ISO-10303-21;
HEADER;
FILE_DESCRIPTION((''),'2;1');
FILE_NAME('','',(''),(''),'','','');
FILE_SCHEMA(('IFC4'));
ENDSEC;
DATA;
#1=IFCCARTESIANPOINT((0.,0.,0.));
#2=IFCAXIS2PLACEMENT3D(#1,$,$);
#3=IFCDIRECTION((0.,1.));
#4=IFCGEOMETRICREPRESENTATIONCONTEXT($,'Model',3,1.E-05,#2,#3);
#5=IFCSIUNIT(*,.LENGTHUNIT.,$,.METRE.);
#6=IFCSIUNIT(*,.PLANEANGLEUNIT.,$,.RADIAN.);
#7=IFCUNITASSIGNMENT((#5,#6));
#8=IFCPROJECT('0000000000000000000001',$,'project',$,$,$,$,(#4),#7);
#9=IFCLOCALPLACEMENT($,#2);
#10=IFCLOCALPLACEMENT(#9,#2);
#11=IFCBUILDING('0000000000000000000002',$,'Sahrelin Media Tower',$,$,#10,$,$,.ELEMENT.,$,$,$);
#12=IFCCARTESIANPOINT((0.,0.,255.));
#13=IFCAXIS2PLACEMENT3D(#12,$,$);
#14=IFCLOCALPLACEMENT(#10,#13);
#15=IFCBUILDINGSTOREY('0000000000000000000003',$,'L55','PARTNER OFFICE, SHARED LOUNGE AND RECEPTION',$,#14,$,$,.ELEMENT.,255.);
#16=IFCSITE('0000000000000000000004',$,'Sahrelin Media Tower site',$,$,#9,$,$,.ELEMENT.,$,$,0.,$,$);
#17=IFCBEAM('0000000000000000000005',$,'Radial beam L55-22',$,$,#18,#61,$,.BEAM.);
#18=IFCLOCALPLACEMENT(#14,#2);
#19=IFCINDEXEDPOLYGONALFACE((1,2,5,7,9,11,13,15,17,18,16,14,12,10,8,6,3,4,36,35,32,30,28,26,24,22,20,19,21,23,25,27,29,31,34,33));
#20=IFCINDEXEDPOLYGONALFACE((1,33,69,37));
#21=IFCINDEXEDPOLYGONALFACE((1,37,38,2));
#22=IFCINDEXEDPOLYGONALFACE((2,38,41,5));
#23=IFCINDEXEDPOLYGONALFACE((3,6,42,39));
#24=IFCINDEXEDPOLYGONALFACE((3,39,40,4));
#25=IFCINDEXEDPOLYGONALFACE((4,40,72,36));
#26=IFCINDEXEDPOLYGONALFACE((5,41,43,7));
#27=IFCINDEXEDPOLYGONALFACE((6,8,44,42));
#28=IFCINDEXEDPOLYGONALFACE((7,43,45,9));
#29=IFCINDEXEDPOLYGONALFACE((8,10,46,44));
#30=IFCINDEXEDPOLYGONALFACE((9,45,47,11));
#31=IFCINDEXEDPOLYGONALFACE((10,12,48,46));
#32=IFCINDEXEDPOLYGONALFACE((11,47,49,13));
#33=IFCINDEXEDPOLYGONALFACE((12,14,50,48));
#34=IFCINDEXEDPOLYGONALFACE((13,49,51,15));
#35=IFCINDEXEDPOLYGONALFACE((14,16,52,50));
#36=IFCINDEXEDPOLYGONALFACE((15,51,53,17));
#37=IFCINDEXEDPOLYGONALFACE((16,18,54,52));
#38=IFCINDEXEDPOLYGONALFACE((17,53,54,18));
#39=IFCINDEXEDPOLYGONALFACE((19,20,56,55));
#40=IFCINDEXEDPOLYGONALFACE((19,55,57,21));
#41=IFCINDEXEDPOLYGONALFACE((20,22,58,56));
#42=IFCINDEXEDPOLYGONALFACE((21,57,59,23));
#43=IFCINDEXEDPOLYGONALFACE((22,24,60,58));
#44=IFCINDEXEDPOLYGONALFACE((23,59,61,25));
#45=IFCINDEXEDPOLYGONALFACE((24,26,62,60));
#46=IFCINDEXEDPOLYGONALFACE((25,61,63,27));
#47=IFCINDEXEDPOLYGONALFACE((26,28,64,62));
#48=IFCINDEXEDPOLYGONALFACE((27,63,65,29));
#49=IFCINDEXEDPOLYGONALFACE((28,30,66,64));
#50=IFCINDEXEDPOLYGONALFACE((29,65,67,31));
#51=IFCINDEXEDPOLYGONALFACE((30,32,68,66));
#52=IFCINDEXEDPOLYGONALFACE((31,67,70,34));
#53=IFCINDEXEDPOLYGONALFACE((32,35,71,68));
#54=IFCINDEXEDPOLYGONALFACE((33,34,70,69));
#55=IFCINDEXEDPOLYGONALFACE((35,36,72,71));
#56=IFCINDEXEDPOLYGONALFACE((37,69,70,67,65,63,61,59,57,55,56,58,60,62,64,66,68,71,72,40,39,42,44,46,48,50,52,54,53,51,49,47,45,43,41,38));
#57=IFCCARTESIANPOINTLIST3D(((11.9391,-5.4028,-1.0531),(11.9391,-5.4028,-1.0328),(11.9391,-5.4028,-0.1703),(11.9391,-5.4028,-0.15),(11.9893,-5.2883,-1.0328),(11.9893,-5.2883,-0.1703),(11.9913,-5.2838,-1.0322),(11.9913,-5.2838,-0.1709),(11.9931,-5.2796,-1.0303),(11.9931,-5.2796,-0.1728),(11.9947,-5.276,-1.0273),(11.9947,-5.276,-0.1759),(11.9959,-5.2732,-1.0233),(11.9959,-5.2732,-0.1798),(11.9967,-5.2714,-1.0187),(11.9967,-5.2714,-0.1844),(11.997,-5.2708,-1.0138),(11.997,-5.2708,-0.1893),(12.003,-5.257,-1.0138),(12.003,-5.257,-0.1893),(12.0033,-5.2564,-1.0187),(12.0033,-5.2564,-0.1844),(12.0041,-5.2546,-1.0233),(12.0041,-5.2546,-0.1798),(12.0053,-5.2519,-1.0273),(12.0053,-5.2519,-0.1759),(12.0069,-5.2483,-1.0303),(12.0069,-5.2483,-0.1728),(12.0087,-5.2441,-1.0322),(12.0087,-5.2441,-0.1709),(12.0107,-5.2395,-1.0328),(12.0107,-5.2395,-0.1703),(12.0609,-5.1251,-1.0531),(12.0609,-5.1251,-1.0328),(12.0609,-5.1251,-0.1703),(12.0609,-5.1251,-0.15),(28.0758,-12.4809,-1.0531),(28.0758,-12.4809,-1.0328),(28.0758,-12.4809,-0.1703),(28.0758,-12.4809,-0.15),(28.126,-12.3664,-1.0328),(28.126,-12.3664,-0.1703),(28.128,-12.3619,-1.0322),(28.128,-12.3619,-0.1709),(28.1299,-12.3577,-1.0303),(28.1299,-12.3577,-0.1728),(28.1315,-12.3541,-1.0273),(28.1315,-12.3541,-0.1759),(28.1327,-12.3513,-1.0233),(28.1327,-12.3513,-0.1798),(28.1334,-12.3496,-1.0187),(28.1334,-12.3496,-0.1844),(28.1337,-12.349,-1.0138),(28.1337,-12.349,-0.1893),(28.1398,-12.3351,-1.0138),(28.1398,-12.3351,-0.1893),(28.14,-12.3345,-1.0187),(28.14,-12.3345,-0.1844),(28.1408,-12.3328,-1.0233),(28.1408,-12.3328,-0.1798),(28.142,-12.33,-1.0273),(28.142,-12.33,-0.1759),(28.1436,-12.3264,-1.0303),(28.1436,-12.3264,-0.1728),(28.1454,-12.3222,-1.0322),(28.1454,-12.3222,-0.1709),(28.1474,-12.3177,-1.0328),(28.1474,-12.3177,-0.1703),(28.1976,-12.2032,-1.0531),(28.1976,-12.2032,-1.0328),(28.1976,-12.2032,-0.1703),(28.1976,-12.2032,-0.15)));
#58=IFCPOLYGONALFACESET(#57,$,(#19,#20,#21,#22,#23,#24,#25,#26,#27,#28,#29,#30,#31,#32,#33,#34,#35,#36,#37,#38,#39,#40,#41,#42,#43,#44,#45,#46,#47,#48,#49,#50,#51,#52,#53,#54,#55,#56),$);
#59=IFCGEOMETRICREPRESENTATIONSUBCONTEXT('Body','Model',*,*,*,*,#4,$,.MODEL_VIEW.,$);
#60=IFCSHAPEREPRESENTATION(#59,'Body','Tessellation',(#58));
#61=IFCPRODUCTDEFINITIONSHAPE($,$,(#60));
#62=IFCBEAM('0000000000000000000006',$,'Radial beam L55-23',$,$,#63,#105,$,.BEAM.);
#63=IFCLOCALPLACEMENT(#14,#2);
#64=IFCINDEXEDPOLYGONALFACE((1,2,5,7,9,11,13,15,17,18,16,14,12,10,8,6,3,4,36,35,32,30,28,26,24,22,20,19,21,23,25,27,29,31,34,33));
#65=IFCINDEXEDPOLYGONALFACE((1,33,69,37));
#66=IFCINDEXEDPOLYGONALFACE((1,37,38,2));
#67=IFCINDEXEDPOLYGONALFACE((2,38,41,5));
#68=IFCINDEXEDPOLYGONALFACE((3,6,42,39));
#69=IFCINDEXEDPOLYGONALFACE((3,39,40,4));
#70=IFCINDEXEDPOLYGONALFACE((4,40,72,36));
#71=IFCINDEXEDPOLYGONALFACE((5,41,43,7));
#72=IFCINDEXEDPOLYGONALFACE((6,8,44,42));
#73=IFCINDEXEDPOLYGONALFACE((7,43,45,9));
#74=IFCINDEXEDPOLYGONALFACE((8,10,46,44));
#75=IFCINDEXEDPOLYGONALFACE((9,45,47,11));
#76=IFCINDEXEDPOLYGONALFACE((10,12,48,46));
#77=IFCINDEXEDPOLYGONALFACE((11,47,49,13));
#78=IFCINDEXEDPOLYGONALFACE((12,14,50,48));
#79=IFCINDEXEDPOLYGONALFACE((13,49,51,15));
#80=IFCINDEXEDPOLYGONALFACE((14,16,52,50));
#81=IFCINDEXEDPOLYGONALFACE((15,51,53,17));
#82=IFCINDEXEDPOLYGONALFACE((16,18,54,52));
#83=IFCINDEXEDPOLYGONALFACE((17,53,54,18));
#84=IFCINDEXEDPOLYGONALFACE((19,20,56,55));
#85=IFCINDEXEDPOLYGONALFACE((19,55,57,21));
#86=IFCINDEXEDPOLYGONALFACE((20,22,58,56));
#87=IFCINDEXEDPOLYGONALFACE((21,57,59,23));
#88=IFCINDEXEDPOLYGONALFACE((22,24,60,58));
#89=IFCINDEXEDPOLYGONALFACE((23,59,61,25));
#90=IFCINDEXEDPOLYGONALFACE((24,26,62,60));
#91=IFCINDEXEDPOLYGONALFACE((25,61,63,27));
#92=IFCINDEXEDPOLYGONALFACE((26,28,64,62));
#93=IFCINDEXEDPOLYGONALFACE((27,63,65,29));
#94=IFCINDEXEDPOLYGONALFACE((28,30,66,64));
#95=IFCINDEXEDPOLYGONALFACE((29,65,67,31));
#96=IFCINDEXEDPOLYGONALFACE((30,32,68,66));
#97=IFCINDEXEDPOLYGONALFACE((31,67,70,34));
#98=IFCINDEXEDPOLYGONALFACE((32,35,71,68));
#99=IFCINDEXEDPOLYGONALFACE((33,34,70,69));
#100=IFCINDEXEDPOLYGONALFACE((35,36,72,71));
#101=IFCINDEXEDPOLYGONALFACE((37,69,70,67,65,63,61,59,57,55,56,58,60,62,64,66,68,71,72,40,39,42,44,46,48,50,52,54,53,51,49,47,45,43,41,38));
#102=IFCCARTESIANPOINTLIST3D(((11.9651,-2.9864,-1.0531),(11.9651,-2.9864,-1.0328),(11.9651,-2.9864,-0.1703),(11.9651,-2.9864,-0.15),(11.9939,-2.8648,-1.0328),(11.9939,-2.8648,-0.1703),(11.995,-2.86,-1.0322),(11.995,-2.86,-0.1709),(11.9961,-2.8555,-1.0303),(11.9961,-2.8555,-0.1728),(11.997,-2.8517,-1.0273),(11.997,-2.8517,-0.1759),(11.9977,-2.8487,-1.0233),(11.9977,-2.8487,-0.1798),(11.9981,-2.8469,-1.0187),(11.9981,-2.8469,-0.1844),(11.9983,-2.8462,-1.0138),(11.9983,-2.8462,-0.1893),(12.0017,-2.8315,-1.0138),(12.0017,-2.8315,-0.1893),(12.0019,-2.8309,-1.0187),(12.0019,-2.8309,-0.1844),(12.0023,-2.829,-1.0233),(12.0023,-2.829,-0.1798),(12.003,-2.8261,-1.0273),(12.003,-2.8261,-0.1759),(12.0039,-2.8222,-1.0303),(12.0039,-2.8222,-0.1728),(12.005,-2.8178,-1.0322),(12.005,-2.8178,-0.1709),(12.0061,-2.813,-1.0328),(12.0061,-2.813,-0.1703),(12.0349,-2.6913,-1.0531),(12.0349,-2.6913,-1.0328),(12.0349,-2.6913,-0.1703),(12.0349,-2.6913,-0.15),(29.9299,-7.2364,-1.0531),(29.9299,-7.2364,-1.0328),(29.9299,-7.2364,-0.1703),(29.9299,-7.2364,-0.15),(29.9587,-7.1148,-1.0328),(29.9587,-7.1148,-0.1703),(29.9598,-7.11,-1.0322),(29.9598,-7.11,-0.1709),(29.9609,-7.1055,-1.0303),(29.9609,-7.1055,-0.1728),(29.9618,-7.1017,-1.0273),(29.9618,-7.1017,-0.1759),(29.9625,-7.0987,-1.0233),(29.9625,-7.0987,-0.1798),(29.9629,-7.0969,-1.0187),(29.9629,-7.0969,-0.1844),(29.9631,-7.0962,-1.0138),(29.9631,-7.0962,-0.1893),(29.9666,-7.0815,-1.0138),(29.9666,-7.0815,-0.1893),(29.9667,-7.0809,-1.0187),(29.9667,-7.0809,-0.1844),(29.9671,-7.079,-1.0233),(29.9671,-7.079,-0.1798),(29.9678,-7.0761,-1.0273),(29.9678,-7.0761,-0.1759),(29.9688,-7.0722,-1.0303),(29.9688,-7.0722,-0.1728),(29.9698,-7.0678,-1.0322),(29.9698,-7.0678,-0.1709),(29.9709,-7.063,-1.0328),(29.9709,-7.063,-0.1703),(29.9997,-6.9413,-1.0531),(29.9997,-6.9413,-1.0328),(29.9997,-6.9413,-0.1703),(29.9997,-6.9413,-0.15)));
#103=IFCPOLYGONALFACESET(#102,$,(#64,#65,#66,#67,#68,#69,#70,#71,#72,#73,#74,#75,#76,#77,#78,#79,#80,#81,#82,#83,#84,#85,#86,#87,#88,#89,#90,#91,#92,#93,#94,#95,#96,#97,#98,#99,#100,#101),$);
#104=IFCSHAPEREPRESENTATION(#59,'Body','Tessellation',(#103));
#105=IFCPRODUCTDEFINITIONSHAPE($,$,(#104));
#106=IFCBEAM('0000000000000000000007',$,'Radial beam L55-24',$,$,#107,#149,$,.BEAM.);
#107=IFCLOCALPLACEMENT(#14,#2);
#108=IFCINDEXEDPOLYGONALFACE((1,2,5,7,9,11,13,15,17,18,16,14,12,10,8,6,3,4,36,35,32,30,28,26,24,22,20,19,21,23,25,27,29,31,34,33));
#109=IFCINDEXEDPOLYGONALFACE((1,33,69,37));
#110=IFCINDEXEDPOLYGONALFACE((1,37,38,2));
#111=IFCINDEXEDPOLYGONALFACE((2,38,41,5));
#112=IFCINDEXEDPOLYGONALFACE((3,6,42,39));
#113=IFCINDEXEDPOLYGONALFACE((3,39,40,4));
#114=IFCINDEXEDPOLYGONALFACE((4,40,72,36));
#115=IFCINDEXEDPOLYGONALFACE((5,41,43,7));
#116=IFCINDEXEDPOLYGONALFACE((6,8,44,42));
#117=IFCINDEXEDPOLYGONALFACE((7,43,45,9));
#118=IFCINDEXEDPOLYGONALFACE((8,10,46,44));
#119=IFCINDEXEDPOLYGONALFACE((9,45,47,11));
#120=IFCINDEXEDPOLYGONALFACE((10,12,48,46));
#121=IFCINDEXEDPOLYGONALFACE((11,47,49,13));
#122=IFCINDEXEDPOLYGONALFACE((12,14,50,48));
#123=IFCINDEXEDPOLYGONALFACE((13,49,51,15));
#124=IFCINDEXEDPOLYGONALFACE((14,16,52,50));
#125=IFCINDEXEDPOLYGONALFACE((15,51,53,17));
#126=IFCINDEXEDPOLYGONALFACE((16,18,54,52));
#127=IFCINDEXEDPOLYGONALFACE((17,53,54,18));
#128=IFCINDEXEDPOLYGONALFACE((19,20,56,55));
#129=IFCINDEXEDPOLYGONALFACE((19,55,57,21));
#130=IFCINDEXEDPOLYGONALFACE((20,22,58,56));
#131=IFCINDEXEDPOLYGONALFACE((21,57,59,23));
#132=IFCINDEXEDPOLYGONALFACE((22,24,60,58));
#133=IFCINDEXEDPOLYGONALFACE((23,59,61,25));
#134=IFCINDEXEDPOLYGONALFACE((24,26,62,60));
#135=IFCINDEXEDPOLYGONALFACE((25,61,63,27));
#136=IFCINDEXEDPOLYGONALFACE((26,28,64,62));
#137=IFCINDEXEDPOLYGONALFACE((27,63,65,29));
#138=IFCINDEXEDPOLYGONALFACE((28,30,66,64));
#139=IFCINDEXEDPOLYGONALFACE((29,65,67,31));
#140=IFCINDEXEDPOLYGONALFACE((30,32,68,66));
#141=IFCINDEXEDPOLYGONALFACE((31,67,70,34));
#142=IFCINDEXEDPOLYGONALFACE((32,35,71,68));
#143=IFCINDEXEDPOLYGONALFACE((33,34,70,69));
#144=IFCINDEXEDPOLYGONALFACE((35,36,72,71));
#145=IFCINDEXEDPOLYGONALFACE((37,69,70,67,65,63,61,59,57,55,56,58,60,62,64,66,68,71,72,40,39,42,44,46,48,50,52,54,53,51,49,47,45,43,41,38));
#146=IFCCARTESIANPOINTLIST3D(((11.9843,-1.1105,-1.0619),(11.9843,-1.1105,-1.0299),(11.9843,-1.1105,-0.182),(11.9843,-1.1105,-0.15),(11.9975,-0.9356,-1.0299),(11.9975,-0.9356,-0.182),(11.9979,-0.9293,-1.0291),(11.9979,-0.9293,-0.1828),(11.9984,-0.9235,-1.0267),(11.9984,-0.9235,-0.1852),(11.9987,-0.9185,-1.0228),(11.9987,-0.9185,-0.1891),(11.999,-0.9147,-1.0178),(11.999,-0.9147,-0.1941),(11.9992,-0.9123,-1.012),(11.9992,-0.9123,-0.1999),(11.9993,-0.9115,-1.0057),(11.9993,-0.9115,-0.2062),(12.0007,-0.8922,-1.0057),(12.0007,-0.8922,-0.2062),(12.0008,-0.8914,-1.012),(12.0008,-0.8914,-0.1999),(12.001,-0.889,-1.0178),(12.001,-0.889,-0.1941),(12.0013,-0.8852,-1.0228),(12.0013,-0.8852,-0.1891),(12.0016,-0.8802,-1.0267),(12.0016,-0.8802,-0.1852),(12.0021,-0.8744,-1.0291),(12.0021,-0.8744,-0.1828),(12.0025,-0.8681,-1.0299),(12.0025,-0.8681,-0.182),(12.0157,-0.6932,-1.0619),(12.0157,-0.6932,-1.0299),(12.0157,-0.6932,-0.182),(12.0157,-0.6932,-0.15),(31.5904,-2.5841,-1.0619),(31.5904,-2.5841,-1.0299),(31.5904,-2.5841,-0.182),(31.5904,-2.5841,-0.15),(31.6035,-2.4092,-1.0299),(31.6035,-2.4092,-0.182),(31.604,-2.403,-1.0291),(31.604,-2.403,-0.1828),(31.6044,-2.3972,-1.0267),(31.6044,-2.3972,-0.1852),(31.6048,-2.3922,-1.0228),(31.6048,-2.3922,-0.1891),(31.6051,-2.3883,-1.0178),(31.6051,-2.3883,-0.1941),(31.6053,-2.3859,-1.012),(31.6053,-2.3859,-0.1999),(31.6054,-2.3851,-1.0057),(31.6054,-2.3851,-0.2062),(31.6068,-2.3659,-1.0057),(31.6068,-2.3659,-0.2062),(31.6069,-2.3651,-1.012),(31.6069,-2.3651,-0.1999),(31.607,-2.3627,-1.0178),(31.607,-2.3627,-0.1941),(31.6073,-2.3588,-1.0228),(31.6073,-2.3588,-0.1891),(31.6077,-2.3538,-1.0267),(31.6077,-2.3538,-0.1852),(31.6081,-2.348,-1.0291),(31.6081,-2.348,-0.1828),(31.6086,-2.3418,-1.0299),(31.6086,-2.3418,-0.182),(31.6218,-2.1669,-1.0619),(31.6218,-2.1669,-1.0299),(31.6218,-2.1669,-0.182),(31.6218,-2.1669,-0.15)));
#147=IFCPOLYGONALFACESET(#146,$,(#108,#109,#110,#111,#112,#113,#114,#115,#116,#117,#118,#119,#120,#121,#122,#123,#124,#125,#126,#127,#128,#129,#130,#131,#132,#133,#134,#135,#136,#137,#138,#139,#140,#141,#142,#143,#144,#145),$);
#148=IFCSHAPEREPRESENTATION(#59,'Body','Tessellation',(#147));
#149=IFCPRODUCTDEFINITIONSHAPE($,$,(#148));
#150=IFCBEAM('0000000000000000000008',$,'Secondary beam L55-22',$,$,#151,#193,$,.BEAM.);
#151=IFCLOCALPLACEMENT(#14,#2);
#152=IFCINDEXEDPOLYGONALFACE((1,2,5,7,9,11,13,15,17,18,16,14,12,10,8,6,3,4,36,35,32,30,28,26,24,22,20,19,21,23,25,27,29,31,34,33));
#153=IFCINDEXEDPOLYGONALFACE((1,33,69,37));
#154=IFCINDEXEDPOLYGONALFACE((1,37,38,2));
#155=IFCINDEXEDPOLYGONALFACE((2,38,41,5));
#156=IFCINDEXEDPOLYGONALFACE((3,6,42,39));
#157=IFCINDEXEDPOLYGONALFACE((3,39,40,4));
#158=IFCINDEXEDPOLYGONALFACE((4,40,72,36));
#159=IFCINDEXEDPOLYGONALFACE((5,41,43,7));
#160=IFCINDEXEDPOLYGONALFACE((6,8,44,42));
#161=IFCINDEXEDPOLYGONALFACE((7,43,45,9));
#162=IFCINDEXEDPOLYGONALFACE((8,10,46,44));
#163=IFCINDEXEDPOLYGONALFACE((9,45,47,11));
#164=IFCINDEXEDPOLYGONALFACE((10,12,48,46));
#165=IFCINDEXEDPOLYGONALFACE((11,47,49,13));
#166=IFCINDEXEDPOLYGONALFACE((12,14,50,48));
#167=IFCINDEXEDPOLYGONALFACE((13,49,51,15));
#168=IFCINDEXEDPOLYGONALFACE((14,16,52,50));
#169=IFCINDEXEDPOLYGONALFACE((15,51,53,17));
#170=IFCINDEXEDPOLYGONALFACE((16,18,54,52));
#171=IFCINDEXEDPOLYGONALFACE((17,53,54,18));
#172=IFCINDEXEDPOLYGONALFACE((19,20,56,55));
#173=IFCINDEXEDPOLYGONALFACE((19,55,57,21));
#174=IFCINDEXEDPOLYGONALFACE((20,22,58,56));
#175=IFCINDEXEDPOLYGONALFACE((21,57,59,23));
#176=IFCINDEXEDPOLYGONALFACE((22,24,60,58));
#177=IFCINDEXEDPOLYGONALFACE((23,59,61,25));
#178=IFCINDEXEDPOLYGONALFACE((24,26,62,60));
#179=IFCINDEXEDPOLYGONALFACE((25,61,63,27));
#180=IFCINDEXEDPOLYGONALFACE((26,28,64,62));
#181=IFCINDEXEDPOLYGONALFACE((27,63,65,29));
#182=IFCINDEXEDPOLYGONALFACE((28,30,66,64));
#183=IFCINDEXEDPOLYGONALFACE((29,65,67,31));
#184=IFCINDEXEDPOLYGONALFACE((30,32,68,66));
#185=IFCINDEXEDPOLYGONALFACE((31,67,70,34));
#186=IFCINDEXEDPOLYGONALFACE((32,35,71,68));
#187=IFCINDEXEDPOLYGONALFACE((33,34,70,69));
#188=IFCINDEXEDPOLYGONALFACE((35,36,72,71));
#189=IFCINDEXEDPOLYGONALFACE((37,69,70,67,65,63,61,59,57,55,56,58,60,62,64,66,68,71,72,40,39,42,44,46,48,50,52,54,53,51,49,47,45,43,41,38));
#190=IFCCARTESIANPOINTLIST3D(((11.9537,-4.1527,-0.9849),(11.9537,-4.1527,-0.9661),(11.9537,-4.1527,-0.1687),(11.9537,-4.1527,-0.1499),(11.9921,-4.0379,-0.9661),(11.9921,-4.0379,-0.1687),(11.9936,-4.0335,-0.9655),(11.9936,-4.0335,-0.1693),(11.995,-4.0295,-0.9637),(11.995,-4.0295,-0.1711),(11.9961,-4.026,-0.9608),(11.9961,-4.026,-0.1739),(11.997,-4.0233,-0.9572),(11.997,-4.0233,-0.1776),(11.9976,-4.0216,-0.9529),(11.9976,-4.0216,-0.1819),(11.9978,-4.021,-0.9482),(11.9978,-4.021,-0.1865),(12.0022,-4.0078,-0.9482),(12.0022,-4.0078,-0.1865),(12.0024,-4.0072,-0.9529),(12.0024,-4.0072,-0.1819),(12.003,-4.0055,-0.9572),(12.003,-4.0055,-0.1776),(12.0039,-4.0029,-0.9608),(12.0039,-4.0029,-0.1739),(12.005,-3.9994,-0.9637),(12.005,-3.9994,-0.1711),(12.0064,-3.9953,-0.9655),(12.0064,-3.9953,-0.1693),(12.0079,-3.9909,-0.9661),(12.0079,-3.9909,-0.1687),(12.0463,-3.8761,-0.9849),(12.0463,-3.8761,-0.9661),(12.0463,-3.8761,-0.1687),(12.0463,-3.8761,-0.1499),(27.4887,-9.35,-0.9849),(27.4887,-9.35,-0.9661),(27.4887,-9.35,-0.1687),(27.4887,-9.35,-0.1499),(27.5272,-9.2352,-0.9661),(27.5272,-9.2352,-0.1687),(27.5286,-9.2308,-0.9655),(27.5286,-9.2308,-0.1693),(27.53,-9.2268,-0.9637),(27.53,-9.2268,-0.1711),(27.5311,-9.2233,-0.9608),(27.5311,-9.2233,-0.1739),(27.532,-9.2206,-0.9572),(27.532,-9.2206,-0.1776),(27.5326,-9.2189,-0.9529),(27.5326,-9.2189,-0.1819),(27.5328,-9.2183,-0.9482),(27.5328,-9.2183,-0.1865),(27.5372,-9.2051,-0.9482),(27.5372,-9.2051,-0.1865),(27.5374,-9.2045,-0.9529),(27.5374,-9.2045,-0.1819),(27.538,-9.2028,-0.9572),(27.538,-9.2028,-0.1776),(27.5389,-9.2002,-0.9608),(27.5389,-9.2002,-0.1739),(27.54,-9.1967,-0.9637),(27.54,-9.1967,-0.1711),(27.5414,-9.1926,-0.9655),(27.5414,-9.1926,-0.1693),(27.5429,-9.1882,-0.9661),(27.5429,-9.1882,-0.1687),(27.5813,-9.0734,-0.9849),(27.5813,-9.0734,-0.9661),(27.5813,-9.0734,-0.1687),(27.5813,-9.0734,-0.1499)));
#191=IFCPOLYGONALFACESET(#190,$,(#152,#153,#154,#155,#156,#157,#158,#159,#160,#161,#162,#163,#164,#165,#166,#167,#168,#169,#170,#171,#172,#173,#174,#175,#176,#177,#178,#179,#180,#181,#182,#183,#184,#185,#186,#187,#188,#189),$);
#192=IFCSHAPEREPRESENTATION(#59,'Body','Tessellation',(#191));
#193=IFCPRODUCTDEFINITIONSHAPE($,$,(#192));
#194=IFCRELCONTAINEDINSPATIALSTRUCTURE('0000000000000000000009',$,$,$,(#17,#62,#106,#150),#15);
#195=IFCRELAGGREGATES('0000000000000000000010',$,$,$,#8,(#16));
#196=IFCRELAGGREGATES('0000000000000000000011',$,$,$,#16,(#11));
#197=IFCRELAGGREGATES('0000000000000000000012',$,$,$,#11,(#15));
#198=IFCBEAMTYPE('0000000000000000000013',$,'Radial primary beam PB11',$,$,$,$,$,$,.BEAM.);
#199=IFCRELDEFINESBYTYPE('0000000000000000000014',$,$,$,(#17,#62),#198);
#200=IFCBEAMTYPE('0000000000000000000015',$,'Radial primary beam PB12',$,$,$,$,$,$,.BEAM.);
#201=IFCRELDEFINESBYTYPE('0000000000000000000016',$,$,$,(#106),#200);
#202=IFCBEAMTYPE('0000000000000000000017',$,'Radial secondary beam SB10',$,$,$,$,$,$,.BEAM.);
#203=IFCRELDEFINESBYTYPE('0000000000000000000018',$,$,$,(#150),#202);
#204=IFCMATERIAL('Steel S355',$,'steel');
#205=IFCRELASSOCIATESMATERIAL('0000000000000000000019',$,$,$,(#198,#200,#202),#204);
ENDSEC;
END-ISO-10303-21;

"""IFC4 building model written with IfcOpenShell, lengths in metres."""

from ifc_helpers import new_model, si_unit, direction, frame, origin, origin_2d, place, context, subcontext, project, spatial, i_section, extrude, material, material_profile, profile_set, type_object, element, save


model = new_model("IFC4")

# Units and contexts
model_context = context("Model", 3, precision=1e-05, world=origin(), true_north=direction((0.0, 1.0)))
body_context = subcontext(model_context, "Body", "Model", "MODEL_VIEW")
ifc_project = project(units=[si_unit("LENGTHUNIT", "METRE"), si_unit("PLANEANGLEUNIT", "RADIAN")], contexts=[model_context])

# Site, building, storey
site_placement = place(None, origin())
site = spatial("IfcSite", under=ifc_project, at=site_placement, Name="Sahrelin Media Tower site", CompositionType="ELEMENT", RefElevation=0.0)
building_placement = place(site_placement, origin())
building = spatial("IfcBuilding", under=site, at=building_placement, Name="Sahrelin Media Tower", CompositionType="ELEMENT")
storey_placement = place(building_placement, frame((0.0, 0.0, 255.0)))
storey = spatial("IfcBuildingStorey", under=building, at=storey_placement, Name="L55", Description="PARTNER OFFICE, SHARED LOUNGE AND RECEPTION", CompositionType="ELEMENT", Elevation=255.0)

# Beams
ifc_material_1 = material(Name="Steel S355", Category="steel")
ifc_material_profile_1 = material_profile(ifc_material_1, i_section(OverallWidth=0.3032, OverallDepth=0.9031, WebThickness=0.0151, FlangeThickness=0.0203, FilletRadius=0.019, at=origin_2d()), Name="UB 914x305x201")
ifc_profile_set_1 = profile_set([ifc_material_profile_1], Name="Steel S355")
beam_type_1 = type_object("IfcBeamType", Name="Radial primary beam PB11", PredefinedType="BEAM", material=ifc_profile_set_1)
beam_1_placement = place(storey_placement, frame((12.0, -5.2639, -0.6016), z_axis=(0.915775, -0.401691, 0.0), x_axis=(0.401691, 0.915775, 0.0)))
element("IfcBeam", 1, at=beam_1_placement, inside=storey, type_object=beam_type_1, Name="Radial beam L55-22", PredefinedType="BEAM", context=body_context, shape_type="SweptSolid", body=[
    extrude(i_section(OverallWidth=0.3032, OverallDepth=0.9031, WebThickness=0.0151, FlangeThickness=0.0203, FilletRadius=0.019, at=origin_2d()), origin(), (0.0, 0.0, 1.0), 17.6208),
])
beam_2_placement = place(storey_placement, frame((12.0, -2.8389, -0.6016), z_axis=(0.973139, -0.230219, 0.0), x_axis=(0.230219, 0.973139, 0.0)))
element("IfcBeam", 2, at=beam_2_placement, inside=storey, type_object=beam_type_1, Name="Radial beam L55-23", PredefinedType="BEAM", context=body_context, shape_type="SweptSolid", body=[
    extrude(i_section(OverallWidth=0.3032, OverallDepth=0.9031, WebThickness=0.0151, FlangeThickness=0.0203, FilletRadius=0.019, at=origin_2d()), origin(), (0.0, 0.0, 1.0), 18.4607),
])
ifc_material_profile_2 = material_profile(ifc_material_1, i_section(OverallWidth=0.4185, OverallDepth=0.9119, WebThickness=0.0193, FlangeThickness=0.032, FilletRadius=0.0242, at=origin_2d()), Name="UB 914x419x343")
ifc_profile_set_2 = profile_set([ifc_material_profile_2], Name="Steel S355")
beam_type_2 = type_object("IfcBeamType", Name="Radial primary beam PB12", PredefinedType="BEAM", material=ifc_profile_set_2)
beam_3_placement = place(storey_placement, frame((12.0, -0.9019, -0.606), z_axis=(0.997187, -0.074951, 0.0), x_axis=(0.074951, 0.997187, 0.0)))
element("IfcBeam", 3, at=beam_3_placement, inside=storey, type_object=beam_type_2, Name="Radial beam L55-24", PredefinedType="BEAM", context=body_context, shape_type="SweptSolid", body=[
    extrude(i_section(OverallWidth=0.4185, OverallDepth=0.9119, WebThickness=0.0193, FlangeThickness=0.032, FilletRadius=0.0242, at=origin_2d()), origin(), (0.0, 0.0, 1.0), 19.6614),
])
ifc_material_profile_3 = material_profile(ifc_material_1, i_section(OverallWidth=0.2917, OverallDepth=0.835, WebThickness=0.0139, FlangeThickness=0.0188, FilletRadius=0.0178, at=origin_2d()), Name="UB 838x292x176")
ifc_profile_set_3 = profile_set([ifc_material_profile_3], Name="Steel S355")
beam_type_3 = type_object("IfcBeamType", Name="Radial secondary beam SB10", PredefinedType="BEAM", material=ifc_profile_set_3)
beam_4_placement = place(storey_placement, frame((12.0, -4.0144, -0.5674), z_axis=(0.948335, -0.317269, 0.0), x_axis=(0.317269, 0.948335, 0.0)))
element("IfcBeam", 4, at=beam_4_placement, inside=storey, type_object=beam_type_3, Name="Secondary beam L55-22", PredefinedType="BEAM", context=body_context, shape_type="SweptSolid", body=[
    extrude(i_section(OverallWidth=0.2917, OverallDepth=0.835, WebThickness=0.0139, FlangeThickness=0.0188, FilletRadius=0.0178, at=origin_2d()), origin(), (0.0, 0.0, 1.0), 16.3813),
])

save(model, "model.ifc")
